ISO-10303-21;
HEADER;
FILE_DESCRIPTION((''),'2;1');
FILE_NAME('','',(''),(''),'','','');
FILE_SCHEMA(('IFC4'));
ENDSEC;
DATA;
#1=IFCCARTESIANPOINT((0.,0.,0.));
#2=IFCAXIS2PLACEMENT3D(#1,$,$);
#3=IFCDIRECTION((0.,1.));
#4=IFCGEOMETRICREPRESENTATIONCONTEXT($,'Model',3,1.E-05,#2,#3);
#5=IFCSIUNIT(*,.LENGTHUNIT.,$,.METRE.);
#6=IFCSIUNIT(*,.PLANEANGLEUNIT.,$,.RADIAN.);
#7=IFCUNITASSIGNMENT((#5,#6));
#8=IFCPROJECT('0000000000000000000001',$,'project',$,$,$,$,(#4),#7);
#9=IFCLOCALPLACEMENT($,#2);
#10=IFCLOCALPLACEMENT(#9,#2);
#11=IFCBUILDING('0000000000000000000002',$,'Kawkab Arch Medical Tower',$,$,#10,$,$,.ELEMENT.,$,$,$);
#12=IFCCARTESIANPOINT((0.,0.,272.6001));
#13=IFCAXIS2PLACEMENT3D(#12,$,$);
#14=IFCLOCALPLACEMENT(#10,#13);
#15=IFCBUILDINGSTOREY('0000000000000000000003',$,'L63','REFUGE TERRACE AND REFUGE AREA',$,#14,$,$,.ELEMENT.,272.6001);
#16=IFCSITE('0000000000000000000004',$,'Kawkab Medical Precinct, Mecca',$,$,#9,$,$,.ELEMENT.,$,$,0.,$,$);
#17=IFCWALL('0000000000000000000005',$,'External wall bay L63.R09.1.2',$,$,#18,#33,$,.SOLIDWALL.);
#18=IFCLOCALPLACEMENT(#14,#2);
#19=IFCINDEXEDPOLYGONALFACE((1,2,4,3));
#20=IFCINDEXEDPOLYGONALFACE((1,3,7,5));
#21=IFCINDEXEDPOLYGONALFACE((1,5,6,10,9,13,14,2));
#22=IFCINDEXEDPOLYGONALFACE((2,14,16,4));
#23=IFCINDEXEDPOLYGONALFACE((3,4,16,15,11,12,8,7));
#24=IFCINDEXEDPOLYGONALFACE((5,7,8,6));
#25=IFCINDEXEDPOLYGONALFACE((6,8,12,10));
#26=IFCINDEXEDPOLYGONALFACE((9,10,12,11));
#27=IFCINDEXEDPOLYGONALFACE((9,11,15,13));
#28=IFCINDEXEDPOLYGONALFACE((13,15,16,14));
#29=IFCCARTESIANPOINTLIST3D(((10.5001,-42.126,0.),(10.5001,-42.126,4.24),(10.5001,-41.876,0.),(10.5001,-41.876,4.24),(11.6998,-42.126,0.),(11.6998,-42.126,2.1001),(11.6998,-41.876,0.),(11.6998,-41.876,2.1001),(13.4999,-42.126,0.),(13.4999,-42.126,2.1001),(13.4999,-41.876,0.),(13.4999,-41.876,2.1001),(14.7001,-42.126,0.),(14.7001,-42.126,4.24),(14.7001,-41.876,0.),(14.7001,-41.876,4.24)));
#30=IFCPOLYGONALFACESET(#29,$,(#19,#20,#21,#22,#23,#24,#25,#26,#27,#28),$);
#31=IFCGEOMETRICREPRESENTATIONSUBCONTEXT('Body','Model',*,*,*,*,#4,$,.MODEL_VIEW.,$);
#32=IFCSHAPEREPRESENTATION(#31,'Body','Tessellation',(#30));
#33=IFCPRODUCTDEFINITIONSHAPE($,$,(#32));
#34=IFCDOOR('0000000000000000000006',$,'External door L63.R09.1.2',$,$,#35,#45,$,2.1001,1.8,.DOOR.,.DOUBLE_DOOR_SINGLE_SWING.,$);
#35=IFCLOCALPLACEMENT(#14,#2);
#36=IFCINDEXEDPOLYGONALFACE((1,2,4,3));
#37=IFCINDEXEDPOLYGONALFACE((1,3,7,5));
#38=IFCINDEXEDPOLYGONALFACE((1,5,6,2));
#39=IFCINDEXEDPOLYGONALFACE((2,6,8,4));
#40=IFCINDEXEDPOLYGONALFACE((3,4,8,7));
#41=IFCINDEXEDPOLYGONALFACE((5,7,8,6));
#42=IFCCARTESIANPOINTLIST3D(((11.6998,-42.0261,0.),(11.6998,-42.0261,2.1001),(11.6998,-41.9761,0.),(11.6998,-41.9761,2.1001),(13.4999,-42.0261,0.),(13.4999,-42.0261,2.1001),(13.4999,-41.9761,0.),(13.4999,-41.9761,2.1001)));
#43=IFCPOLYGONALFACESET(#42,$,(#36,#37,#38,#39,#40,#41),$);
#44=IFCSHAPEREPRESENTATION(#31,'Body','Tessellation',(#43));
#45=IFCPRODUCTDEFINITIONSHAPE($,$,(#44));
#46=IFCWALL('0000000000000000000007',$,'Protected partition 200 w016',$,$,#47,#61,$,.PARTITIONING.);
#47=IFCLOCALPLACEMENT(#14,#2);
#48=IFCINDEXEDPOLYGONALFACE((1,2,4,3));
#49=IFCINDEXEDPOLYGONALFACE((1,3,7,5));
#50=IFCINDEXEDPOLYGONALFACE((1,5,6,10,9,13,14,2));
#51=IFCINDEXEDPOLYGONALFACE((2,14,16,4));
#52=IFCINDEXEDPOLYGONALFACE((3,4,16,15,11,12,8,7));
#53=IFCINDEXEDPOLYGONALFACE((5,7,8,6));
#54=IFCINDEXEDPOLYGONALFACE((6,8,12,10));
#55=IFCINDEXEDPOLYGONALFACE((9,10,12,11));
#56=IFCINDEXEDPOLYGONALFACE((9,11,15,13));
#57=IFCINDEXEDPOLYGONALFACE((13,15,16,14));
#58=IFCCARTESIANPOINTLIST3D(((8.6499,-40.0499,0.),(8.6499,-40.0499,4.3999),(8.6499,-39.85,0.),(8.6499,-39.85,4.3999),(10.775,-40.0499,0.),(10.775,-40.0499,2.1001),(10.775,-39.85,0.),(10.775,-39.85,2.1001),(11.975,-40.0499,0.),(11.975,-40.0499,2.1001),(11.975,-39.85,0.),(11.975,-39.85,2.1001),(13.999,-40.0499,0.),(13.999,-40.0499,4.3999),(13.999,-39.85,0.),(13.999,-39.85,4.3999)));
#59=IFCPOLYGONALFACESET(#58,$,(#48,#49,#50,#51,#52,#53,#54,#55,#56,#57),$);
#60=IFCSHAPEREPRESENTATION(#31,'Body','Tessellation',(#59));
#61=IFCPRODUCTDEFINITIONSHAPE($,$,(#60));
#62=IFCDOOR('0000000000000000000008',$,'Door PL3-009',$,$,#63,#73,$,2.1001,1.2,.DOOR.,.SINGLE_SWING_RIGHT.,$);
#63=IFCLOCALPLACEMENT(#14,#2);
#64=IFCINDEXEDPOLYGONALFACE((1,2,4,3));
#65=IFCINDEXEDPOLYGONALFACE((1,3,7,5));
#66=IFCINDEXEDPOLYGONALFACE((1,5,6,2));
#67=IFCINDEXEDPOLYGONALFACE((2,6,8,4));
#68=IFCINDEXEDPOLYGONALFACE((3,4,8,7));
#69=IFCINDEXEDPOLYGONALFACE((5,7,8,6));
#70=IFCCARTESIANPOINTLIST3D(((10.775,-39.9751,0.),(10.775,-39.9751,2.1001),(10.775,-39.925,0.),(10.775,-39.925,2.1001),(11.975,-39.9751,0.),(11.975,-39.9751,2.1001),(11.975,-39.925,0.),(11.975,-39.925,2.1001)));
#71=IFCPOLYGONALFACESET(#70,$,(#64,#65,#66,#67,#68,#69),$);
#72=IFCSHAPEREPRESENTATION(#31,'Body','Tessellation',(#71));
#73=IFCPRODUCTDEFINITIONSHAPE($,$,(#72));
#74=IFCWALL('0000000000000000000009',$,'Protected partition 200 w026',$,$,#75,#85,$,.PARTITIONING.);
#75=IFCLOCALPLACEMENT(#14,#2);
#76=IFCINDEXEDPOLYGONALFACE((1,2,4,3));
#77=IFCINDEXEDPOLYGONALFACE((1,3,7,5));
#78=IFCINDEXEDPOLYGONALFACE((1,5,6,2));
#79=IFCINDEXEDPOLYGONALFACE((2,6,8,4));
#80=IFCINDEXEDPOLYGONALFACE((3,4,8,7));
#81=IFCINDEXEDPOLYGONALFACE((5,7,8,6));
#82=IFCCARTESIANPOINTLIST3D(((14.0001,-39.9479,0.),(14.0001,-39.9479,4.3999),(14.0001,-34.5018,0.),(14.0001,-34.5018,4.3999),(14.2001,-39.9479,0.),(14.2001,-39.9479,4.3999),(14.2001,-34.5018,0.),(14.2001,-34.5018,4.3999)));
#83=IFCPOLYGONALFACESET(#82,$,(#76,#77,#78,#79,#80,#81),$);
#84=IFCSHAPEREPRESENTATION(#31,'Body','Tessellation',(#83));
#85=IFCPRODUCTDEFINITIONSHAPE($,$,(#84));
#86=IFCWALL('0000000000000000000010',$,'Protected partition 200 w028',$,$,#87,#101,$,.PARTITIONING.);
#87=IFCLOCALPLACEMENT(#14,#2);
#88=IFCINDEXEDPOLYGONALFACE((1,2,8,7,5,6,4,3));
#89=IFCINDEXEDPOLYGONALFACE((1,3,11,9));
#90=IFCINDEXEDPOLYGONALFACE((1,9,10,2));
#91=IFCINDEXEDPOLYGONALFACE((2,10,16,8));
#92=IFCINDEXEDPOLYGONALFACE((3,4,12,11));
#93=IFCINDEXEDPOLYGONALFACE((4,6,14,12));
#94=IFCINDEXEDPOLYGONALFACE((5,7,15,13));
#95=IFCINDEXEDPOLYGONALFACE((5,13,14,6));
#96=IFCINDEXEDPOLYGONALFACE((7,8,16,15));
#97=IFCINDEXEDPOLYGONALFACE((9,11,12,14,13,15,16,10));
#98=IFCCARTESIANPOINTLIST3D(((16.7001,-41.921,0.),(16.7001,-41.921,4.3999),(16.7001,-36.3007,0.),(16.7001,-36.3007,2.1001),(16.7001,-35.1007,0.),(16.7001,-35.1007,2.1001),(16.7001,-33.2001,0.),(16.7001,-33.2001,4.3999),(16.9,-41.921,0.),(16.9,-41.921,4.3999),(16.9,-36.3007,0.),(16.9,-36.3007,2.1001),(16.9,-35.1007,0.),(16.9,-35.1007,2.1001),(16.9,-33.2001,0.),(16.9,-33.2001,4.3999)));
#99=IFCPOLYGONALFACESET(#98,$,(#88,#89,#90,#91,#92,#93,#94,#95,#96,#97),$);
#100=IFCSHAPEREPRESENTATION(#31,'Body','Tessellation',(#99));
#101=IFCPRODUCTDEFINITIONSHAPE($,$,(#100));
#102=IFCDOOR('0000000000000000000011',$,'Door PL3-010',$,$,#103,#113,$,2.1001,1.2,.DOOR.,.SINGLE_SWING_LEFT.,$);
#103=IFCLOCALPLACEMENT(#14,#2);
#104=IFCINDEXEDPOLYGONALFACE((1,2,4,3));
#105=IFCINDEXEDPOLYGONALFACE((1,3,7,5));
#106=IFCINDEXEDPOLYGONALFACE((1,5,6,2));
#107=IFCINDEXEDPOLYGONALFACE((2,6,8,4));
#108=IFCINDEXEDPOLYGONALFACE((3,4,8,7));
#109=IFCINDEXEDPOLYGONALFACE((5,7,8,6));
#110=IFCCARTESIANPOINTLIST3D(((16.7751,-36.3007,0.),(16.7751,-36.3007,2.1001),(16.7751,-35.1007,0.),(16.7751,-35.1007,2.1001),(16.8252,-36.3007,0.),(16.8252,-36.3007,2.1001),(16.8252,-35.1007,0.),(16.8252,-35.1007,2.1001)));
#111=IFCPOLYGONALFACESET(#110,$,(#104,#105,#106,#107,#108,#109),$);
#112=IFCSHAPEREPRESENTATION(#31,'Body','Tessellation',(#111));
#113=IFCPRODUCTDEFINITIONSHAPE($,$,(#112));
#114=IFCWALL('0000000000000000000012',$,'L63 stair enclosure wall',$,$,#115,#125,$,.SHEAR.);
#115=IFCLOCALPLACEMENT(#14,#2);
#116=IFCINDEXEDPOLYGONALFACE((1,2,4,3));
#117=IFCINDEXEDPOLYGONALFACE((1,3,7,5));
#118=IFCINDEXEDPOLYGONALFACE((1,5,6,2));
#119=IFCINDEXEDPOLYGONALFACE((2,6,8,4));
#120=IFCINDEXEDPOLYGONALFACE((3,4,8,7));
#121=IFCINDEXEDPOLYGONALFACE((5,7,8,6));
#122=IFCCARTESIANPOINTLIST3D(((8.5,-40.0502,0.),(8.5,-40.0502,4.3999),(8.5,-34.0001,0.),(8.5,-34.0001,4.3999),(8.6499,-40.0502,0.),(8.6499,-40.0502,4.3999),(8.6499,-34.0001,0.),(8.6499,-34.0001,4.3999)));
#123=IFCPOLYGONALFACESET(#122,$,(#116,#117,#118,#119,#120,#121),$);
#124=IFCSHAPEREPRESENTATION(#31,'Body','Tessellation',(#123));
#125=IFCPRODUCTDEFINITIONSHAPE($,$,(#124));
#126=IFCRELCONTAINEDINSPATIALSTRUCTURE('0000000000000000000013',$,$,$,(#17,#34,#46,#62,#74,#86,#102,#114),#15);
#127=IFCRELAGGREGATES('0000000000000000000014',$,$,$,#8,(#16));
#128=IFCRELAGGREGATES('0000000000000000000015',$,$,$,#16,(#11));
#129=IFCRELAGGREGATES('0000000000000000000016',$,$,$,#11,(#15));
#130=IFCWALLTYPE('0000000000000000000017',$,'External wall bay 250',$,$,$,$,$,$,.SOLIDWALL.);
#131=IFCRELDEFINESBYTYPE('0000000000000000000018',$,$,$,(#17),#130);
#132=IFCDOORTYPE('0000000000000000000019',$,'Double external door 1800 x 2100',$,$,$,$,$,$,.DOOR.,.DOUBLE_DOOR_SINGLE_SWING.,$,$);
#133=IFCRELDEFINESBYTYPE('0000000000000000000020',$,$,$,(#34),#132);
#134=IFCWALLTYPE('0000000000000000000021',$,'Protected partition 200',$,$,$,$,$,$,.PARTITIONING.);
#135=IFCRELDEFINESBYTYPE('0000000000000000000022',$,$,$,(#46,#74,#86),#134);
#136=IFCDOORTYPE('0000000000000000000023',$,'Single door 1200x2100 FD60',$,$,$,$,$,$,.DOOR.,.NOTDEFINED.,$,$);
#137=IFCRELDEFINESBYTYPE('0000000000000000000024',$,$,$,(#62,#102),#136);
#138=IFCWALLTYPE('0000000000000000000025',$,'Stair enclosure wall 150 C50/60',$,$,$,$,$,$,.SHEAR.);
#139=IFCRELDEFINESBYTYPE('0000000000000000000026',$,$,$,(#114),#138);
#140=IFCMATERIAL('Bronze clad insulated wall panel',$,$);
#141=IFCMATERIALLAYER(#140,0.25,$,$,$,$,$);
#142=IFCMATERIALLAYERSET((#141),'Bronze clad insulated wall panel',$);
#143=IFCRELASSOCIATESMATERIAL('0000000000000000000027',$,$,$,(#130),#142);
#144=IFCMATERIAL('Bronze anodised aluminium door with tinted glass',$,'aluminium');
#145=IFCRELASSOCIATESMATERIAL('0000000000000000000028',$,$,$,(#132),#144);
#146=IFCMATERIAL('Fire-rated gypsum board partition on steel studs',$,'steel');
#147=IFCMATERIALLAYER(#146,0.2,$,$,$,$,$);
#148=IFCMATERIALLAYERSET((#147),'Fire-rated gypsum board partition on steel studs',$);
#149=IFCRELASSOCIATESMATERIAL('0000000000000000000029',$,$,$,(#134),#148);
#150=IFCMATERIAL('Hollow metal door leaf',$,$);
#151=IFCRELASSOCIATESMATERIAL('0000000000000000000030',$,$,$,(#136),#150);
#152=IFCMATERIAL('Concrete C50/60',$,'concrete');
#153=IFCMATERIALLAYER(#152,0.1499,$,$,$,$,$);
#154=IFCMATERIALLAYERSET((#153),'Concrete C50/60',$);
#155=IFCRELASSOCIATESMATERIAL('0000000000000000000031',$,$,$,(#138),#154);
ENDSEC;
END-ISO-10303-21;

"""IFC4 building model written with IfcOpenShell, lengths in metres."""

from ifc_helpers import new_model, si_unit, direction, frame, frame_2d, origin, place, context, subcontext, project, spatial, rectangle, extrude, material, layer, layer_set, type_object, element, fill, save


model = new_model("IFC4")

# Units and contexts
model_context = context("Model", 3, precision=1e-05, world=origin(), true_north=direction((0.0, 1.0)))
body_context = subcontext(model_context, "Body", "Model", "MODEL_VIEW")
ifc_project = project(units=[si_unit("LENGTHUNIT", "METRE"), si_unit("PLANEANGLEUNIT", "RADIAN")], contexts=[model_context])

# Site, building, storey
site_placement = place(None, origin())
site = spatial("IfcSite", under=ifc_project, at=site_placement, Name="Kawkab Medical Precinct, Mecca", CompositionType="ELEMENT", RefElevation=0.0)
building_placement = place(site_placement, origin())
building = spatial("IfcBuilding", under=site, at=building_placement, Name="Kawkab Arch Medical Tower", CompositionType="ELEMENT")
storey_placement = place(building_placement, frame((0.0, 0.0, 272.6001)))
storey = spatial("IfcBuildingStorey", under=building, at=storey_placement, Name="L63", Description="REFUGE TERRACE AND REFUGE AREA", CompositionType="ELEMENT", Elevation=272.6001)

# Shared definitions
ifc_material_1 = material(Name="Bronze clad insulated wall panel")
ifc_layer_1 = layer(ifc_material_1, 0.25)
ifc_layer_set_1 = layer_set([ifc_layer_1], Name="Bronze clad insulated wall panel")
wall_type_1 = type_object("IfcWallType", Name="External wall bay 250", PredefinedType="SOLIDWALL", material=ifc_layer_set_1)

# Walls, openings, doors
wall_1_placement = place(storey_placement, frame((10.5, -42.001, 0.0), z_axis=(0.0, 0.0, 1.0), x_axis=(1.0, 0.0, 0.0)))
wall_1 = element("IfcWall", 1, at=wall_1_placement, inside=storey, type_object=wall_type_1, Name="External wall bay L63.R09.1.2", PredefinedType="SOLIDWALL", context=body_context, shape_type="SweptSolid", body=[
    extrude(rectangle(XDim=4.2, YDim=0.25, at=frame_2d((2.1001, 0.0))), origin(), (0.0, 0.0, 1.0), 4.24),
])
opening_1_placement = place(wall_1_placement, frame((1.2, 0.0, 0.0)))
opening_1 = element("IfcOpeningElement", 2, at=opening_1_placement, cuts=wall_1, PredefinedType="OPENING", context=body_context, shape_type="SweptSolid", body=[
    extrude(rectangle(XDim=1.8, YDim=2.1001, at=frame_2d((0.8999, 1.05))), frame((0.0, 0.135, 0.0), z_axis=(0.0, -1.0, 0.0), x_axis=(1.0, 0.0, 0.0)), (0.0, 0.0, 1.0), 0.27),
])
ifc_material_2 = material(Name="Bronze anodised aluminium door with tinted glass", Category="aluminium")
door_type_1 = type_object("IfcDoorType", Name="Double external door 1800 x 2100", OperationType="DOUBLE_DOOR_SINGLE_SWING", PredefinedType="DOOR", material=ifc_material_2)
door_1_placement = place(opening_1_placement, origin())
door_1 = element("IfcDoor", 3, at=door_1_placement, inside=storey, type_object=door_type_1, Name="External door L63.R09.1.2", OperationType="DOUBLE_DOOR_SINGLE_SWING", OverallHeight=2.1001, OverallWidth=1.8, PredefinedType="DOOR", context=body_context, shape_type="SweptSolid", body=[
    extrude(rectangle(XDim=1.8, YDim=2.1001, at=frame_2d((0.8999, 1.05))), frame((0.0, 0.0249, 0.0), z_axis=(0.0, -1.0, 0.0), x_axis=(1.0, 0.0, 0.0)), (0.0, 0.0, 1.0), 0.05),
])
fill(opening_1, door_1)
ifc_material_3 = material(Name="Fire-rated gypsum board partition on steel studs", Category="steel")
ifc_layer_2 = layer(ifc_material_3, 0.2)
ifc_layer_set_2 = layer_set([ifc_layer_2], Name="Fire-rated gypsum board partition on steel studs")
wall_type_2 = type_object("IfcWallType", Name="Protected partition 200", PredefinedType="PARTITIONING", material=ifc_layer_set_2)
wall_2_placement = place(storey_placement, frame((8.6499, -39.95, 0.0), z_axis=(0.0, 0.0, 1.0), x_axis=(1.0, 0.0, 0.0)))
wall_2 = element("IfcWall", 4, at=wall_2_placement, inside=storey, type_object=wall_type_2, Name="Protected partition 200 w016", PredefinedType="PARTITIONING", context=body_context, shape_type="SweptSolid", body=[
    extrude(rectangle(XDim=5.3491, YDim=0.2, at=frame_2d((2.6746, 0.0))), origin(), (0.0, 0.0, 1.0), 4.3999),
])
opening_2_placement = place(wall_2_placement, frame((2.125, 0.0, 0.0)))
opening_2 = element("IfcOpeningElement", 5, at=opening_2_placement, cuts=wall_2, PredefinedType="OPENING", context=body_context, shape_type="SweptSolid", body=[
    extrude(rectangle(XDim=1.2, YDim=2.1001, at=frame_2d((0.6001, 1.05))), frame((0.0, 0.1099, 0.0), z_axis=(0.0, -1.0, 0.0), x_axis=(1.0, 0.0, 0.0)), (0.0, 0.0, 1.0), 0.22),
])
ifc_material_4 = material(Name="Hollow metal door leaf")
door_type_2 = type_object("IfcDoorType", Name="Single door 1200x2100 FD60", OperationType="NOTDEFINED", PredefinedType="DOOR", material=ifc_material_4)
door_2_placement = place(opening_2_placement, origin())
door_2 = element("IfcDoor", 6, at=door_2_placement, inside=storey, type_object=door_type_2, Name="Door PL3-009", OperationType="SINGLE_SWING_RIGHT", OverallHeight=2.1001, OverallWidth=1.2, PredefinedType="DOOR", context=body_context, shape_type="SweptSolid", body=[
    extrude(rectangle(XDim=1.2, YDim=2.1001, at=frame_2d((0.6001, 1.05))), frame((0.0, 0.0249, 0.0), z_axis=(0.0, -1.0, 0.0), x_axis=(1.0, 0.0, 0.0)), (0.0, 0.0, 1.0), 0.05),
])
fill(opening_2, door_2)

# Wall
wall_3_placement = place(storey_placement, frame((14.1001, -39.948, 0.0), z_axis=(0.0, 0.0, 1.0), x_axis=(0.0, 1.0, 0.0)))
element("IfcWall", 7, at=wall_3_placement, inside=storey, type_object=wall_type_2, Name="Protected partition 200 w026", PredefinedType="PARTITIONING", context=body_context, shape_type="SweptSolid", body=[
    extrude(rectangle(XDim=5.446, YDim=0.2, at=frame_2d((2.7231, 0.0))), origin(), (0.0, 0.0, 1.0), 4.3999),
])

# Wall, opening, door
wall_4_placement = place(storey_placement, frame((16.8, -41.9209, 0.0), z_axis=(0.0, 0.0, 1.0), x_axis=(0.0, 1.0, 0.0)))
wall_4 = element("IfcWall", 8, at=wall_4_placement, inside=storey, type_object=wall_type_2, Name="Protected partition 200 w028", PredefinedType="PARTITIONING", context=body_context, shape_type="SweptSolid", body=[
    extrude(rectangle(XDim=8.7209, YDim=0.2, at=frame_2d((4.3604, 0.0))), origin(), (0.0, 0.0, 1.0), 4.3999),
])
opening_3_placement = place(wall_4_placement, frame((5.6201, 0.0, 0.0)))
opening_3 = element("IfcOpeningElement", 9, at=opening_3_placement, cuts=wall_4, PredefinedType="OPENING", context=body_context, shape_type="SweptSolid", body=[
    extrude(rectangle(XDim=1.2, YDim=2.1001, at=frame_2d((0.6001, 1.05))), frame((0.0, 0.1099, 0.0), z_axis=(0.0, -1.0, 0.0), x_axis=(1.0, 0.0, 0.0)), (0.0, 0.0, 1.0), 0.22),
])
door_3_placement = place(opening_3_placement, origin())
door_3 = element("IfcDoor", 10, at=door_3_placement, inside=storey, type_object=door_type_2, Name="Door PL3-010", OperationType="SINGLE_SWING_LEFT", OverallHeight=2.1001, OverallWidth=1.2, PredefinedType="DOOR", context=body_context, shape_type="SweptSolid", body=[
    extrude(rectangle(XDim=1.2, YDim=2.1001, at=frame_2d((0.6001, 1.05))), frame((0.0, 0.0249, 0.0), z_axis=(0.0, -1.0, 0.0), x_axis=(1.0, 0.0, 0.0)), (0.0, 0.0, 1.0), 0.05),
])
fill(opening_3, door_3)

# Wall
ifc_material_5 = material(Name="Concrete C50/60", Category="concrete")
ifc_layer_3 = layer(ifc_material_5, 0.1499)
ifc_layer_set_3 = layer_set([ifc_layer_3], Name="Concrete C50/60")
wall_type_3 = type_object("IfcWallType", Name="Stair enclosure wall 150 C50/60", PredefinedType="SHEAR", material=ifc_layer_set_3)
wall_5_placement = place(storey_placement, frame((8.575, -40.05, 0.0), z_axis=(0.0, 0.0, 1.0), x_axis=(0.0, 1.0, 0.0)))
element("IfcWall", 11, at=wall_5_placement, inside=storey, type_object=wall_type_3, Name="L63 stair enclosure wall", PredefinedType="SHEAR", context=body_context, shape_type="SweptSolid", body=[
    extrude(rectangle(XDim=6.05, YDim=0.1499, at=frame_2d((3.0249, 0.0))), origin(), (0.0, 0.0, 1.0), 4.3999),
])

save(model, "model.ifc")
